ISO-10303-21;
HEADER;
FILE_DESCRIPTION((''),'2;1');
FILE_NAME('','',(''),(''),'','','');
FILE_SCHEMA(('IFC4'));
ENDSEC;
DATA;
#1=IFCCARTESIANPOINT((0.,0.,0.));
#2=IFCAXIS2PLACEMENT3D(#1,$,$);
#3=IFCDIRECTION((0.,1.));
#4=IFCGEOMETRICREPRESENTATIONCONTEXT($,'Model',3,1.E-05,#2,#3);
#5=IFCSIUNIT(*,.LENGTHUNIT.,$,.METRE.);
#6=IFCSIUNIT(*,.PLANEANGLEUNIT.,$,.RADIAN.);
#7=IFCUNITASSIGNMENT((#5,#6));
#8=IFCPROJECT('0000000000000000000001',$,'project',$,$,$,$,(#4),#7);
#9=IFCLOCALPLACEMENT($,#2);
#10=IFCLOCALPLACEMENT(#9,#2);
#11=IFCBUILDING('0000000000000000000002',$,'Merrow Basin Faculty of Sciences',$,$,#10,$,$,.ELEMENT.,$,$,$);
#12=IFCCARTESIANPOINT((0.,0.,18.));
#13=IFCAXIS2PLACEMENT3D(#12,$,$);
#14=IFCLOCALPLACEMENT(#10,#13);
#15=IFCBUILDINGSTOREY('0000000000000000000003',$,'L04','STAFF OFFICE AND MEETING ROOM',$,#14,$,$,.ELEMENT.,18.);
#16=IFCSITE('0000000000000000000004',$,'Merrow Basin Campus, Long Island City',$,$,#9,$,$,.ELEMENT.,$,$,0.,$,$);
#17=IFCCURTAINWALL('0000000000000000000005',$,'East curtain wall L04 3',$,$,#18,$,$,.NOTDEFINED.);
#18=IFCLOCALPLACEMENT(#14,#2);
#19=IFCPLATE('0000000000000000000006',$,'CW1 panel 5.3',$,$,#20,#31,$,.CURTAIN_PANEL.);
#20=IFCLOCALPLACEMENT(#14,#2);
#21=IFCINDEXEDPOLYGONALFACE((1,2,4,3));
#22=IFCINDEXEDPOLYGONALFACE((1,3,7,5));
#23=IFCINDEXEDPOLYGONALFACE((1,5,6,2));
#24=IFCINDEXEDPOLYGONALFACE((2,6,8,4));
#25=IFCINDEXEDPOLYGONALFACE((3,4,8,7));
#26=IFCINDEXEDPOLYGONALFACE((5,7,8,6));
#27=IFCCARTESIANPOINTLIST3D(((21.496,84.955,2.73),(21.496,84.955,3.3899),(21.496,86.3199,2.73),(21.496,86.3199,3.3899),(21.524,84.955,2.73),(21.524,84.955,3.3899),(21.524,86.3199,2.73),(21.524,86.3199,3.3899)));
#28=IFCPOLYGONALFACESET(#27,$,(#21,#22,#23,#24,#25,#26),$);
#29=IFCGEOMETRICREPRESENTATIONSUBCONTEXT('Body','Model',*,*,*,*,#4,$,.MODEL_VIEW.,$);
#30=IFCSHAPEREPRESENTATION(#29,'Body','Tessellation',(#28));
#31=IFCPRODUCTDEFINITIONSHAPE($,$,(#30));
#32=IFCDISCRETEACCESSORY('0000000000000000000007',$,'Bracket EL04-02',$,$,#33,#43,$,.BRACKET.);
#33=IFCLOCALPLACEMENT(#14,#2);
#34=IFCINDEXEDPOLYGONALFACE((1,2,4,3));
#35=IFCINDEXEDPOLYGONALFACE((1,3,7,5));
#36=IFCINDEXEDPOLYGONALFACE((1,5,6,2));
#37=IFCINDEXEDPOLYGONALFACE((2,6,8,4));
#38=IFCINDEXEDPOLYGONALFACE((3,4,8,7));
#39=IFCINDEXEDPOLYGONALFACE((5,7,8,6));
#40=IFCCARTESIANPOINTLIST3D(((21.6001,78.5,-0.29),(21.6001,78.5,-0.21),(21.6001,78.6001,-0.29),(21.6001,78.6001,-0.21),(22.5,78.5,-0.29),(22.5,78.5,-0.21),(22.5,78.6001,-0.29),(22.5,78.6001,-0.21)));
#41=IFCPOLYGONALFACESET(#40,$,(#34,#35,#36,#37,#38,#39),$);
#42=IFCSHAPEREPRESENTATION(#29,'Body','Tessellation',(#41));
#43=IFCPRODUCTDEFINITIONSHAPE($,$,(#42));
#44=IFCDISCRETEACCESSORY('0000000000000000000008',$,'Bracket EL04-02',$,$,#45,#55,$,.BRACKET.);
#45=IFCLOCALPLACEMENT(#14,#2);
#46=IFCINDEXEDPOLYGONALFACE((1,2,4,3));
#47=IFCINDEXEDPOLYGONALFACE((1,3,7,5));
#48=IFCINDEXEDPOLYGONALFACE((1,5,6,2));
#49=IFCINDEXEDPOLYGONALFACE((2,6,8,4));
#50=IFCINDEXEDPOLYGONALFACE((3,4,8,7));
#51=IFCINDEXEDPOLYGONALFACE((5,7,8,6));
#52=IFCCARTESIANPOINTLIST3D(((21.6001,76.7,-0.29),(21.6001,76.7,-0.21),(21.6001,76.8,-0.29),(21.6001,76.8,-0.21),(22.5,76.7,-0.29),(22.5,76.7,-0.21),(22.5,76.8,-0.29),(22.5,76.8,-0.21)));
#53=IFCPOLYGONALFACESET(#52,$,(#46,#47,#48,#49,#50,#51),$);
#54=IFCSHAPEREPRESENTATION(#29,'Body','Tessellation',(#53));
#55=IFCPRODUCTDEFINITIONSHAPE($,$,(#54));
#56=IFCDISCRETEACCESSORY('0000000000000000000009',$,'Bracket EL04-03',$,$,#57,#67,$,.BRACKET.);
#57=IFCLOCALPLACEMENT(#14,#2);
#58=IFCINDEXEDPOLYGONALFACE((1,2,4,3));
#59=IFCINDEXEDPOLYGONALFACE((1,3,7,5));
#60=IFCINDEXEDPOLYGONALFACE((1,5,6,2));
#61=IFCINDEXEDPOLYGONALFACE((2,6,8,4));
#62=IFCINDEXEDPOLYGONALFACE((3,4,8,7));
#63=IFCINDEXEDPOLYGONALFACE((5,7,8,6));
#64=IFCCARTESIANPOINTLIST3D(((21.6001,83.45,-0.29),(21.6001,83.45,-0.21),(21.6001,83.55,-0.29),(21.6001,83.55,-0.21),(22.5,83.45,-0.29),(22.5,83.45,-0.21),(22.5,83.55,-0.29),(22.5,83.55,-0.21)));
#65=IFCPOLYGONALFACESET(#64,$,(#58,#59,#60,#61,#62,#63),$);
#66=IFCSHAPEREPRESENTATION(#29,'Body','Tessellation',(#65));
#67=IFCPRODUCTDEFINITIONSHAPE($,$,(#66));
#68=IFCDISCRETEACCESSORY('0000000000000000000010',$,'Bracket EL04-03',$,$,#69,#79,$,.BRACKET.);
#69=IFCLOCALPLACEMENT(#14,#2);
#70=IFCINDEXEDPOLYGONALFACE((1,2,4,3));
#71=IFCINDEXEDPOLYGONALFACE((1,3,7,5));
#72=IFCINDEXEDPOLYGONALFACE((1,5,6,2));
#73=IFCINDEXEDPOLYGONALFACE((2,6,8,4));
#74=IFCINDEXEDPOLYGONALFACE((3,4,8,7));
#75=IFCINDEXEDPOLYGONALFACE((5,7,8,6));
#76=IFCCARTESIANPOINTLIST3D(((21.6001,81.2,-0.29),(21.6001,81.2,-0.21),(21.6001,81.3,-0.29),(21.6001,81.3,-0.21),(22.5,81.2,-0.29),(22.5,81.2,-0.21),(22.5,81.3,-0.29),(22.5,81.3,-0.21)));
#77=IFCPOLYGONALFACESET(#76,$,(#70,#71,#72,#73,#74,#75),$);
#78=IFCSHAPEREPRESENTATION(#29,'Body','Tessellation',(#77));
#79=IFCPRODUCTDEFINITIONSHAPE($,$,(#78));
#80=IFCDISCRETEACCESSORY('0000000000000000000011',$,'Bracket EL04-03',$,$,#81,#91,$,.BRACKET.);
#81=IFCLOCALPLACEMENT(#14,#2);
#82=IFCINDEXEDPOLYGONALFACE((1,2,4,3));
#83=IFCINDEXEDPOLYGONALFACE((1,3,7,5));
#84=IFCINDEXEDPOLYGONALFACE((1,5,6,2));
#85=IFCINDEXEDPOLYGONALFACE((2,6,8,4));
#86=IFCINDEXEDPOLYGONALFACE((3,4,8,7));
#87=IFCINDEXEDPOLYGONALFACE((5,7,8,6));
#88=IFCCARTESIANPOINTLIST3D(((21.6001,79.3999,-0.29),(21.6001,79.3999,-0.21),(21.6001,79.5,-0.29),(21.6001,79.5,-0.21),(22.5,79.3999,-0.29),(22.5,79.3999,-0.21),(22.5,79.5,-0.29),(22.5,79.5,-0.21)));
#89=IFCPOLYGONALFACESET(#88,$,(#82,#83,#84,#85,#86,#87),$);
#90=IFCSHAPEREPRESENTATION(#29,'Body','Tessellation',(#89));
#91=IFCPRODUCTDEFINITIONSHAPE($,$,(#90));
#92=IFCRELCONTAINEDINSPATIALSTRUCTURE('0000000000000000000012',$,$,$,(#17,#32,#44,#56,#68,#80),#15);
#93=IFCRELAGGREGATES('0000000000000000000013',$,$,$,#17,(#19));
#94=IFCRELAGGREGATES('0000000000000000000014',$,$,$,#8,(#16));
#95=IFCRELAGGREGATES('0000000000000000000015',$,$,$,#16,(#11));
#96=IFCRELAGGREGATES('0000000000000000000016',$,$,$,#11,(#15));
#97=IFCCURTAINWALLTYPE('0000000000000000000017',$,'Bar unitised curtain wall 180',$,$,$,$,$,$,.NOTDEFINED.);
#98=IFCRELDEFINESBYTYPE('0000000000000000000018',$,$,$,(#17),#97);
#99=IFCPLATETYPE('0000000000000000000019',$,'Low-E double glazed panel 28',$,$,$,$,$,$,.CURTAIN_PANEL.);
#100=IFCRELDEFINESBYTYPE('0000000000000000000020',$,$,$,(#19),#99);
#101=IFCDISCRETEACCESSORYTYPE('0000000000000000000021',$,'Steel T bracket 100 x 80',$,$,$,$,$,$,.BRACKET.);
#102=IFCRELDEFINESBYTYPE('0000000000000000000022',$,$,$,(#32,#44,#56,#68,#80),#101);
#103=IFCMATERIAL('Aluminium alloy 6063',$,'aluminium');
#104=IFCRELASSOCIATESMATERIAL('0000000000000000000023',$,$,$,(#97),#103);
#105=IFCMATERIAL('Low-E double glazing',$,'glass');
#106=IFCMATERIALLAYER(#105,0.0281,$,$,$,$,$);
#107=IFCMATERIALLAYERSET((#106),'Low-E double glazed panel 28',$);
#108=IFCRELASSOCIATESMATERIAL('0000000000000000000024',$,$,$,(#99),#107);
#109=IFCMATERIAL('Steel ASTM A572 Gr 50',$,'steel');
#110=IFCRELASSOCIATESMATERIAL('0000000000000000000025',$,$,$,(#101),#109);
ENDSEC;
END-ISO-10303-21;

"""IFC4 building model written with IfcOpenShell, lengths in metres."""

from ifc_helpers import new_model, si_unit, direction, frame, origin, origin_2d, place, context, subcontext, project, spatial, polyline, rectangle, outline, extrude, source, transform, mapped, material, layer, layer_set, type_object, element, aggregate, save


model = new_model("IFC4")

# Units and contexts
model_context = context("Model", 3, precision=1e-05, world=origin(), true_north=direction((0.0, 1.0)))
body_context = subcontext(model_context, "Body", "Model", "MODEL_VIEW")
ifc_project = project(units=[si_unit("LENGTHUNIT", "METRE"), si_unit("PLANEANGLEUNIT", "RADIAN")], contexts=[model_context])

# Site, building, storey
site_placement = place(None, origin())
site = spatial("IfcSite", under=ifc_project, at=site_placement, Name="Merrow Basin Campus, Long Island City", CompositionType="ELEMENT", RefElevation=0.0)
building_placement = place(site_placement, origin())
building = spatial("IfcBuilding", under=site, at=building_placement, Name="Merrow Basin Faculty of Sciences", CompositionType="ELEMENT")
storey_placement = place(building_placement, frame((0.0, 0.0, 18.0)))
storey = spatial("IfcBuildingStorey", under=building, at=storey_placement, Name="L04", Description="STAFF OFFICE AND MEETING ROOM", CompositionType="ELEMENT", Elevation=18.0)

# Curtain wall
ifc_material_1 = material(Name="Aluminium alloy 6063", Category="aluminium")
curtain_wall_type = type_object("IfcCurtainWallType", Name="Bar unitised curtain wall 180", PredefinedType="NOTDEFINED", material=ifc_material_1)
curtain_wall_placement = place(storey_placement, origin())
curtain_wall = element("IfcCurtainWall", 1, at=curtain_wall_placement, inside=storey, type_object=curtain_wall_type, Name="East curtain wall L04 3", PredefinedType="NOTDEFINED")

# Plate
ifc_material_2 = material(Name="Low-E double glazing", Category="glass")
ifc_layer_1 = layer(ifc_material_2, 0.0281)
ifc_layer_set_1 = layer_set([ifc_layer_1], Name="Low-E double glazed panel 28")
plate_type_1 = type_object("IfcPlateType", Name="Low-E double glazed panel 28", PredefinedType="CURTAIN_PANEL", material=ifc_layer_set_1)
plate_1_placement = place(storey_placement, frame((21.51, 85.6375, 2.73), z_axis=(0.0, 0.0, 1.0), x_axis=(0.0, 1.0, 0.0)))
plate_1 = element("IfcPlate", 2, at=plate_1_placement, type_object=plate_type_1, Name="CW1 panel 5.3", PredefinedType="CURTAIN_PANEL", context=body_context, shape_type="SweptSolid", body=[
    extrude(rectangle(XDim=1.365, YDim=0.0281, at=origin_2d()), origin(), (0.0, 0.0, 1.0), 0.6599),
])
aggregate(curtain_wall, [plate_1])

# Discrete accessories
ifc_material_3 = material(Name="Steel ASTM A572 Gr 50", Category="steel")
discrete_accessory_type = type_object("IfcDiscreteAccessoryType", Name="Steel T bracket 100 x 80", PredefinedType="BRACKET", material=ifc_material_3)
shared_shape_1 = source(origin(), body_context, "Body", "SweptSolid", [
    extrude(outline(polyline([(0.0, 0.0), (0.1001, 0.0), (0.1001, 0.0801), (0.0, 0.0801), (0.0, 0.0)])), origin(), (0.0, 0.0, 1.0), 0.8999),
])
for number, where, z_axis, x_axis, name in (
    (3, (22.5, 78.6001, -0.29), (-1.0, 0.0, 0.0), (0.0, -1.0, 0.0), "Bracket EL04-02"),
    (4, (22.5, 76.8, -0.29), (-1.0, 0.0, 0.0), (0.0, -1.0, 0.0), "Bracket EL04-02"),
    (5, (22.5, 83.55, -0.29), (-1.0, 0.0, 0.0), (0.0, -1.0, 0.0), "Bracket EL04-03"),
    (6, (22.5, 81.3, -0.29), (-1.0, 0.0, 0.0), (0.0, -1.0, 0.0), "Bracket EL04-03"),
    (7, (22.5, 79.5, -0.29), (-1.0, 0.0, 0.0), (0.0, -1.0, 0.0), "Bracket EL04-03"),
):
    element("IfcDiscreteAccessory", number, at=place(storey_placement, frame(where, z_axis=z_axis, x_axis=x_axis)), inside=storey, type_object=discrete_accessory_type, Name=name, PredefinedType="BRACKET", context=body_context, shape_type="MappedRepresentation", body=[
        mapped(shared_shape_1, transform((0.0, 0.0, 0.0), scale=1.0)),
    ])

save(model, "model.ifc")
